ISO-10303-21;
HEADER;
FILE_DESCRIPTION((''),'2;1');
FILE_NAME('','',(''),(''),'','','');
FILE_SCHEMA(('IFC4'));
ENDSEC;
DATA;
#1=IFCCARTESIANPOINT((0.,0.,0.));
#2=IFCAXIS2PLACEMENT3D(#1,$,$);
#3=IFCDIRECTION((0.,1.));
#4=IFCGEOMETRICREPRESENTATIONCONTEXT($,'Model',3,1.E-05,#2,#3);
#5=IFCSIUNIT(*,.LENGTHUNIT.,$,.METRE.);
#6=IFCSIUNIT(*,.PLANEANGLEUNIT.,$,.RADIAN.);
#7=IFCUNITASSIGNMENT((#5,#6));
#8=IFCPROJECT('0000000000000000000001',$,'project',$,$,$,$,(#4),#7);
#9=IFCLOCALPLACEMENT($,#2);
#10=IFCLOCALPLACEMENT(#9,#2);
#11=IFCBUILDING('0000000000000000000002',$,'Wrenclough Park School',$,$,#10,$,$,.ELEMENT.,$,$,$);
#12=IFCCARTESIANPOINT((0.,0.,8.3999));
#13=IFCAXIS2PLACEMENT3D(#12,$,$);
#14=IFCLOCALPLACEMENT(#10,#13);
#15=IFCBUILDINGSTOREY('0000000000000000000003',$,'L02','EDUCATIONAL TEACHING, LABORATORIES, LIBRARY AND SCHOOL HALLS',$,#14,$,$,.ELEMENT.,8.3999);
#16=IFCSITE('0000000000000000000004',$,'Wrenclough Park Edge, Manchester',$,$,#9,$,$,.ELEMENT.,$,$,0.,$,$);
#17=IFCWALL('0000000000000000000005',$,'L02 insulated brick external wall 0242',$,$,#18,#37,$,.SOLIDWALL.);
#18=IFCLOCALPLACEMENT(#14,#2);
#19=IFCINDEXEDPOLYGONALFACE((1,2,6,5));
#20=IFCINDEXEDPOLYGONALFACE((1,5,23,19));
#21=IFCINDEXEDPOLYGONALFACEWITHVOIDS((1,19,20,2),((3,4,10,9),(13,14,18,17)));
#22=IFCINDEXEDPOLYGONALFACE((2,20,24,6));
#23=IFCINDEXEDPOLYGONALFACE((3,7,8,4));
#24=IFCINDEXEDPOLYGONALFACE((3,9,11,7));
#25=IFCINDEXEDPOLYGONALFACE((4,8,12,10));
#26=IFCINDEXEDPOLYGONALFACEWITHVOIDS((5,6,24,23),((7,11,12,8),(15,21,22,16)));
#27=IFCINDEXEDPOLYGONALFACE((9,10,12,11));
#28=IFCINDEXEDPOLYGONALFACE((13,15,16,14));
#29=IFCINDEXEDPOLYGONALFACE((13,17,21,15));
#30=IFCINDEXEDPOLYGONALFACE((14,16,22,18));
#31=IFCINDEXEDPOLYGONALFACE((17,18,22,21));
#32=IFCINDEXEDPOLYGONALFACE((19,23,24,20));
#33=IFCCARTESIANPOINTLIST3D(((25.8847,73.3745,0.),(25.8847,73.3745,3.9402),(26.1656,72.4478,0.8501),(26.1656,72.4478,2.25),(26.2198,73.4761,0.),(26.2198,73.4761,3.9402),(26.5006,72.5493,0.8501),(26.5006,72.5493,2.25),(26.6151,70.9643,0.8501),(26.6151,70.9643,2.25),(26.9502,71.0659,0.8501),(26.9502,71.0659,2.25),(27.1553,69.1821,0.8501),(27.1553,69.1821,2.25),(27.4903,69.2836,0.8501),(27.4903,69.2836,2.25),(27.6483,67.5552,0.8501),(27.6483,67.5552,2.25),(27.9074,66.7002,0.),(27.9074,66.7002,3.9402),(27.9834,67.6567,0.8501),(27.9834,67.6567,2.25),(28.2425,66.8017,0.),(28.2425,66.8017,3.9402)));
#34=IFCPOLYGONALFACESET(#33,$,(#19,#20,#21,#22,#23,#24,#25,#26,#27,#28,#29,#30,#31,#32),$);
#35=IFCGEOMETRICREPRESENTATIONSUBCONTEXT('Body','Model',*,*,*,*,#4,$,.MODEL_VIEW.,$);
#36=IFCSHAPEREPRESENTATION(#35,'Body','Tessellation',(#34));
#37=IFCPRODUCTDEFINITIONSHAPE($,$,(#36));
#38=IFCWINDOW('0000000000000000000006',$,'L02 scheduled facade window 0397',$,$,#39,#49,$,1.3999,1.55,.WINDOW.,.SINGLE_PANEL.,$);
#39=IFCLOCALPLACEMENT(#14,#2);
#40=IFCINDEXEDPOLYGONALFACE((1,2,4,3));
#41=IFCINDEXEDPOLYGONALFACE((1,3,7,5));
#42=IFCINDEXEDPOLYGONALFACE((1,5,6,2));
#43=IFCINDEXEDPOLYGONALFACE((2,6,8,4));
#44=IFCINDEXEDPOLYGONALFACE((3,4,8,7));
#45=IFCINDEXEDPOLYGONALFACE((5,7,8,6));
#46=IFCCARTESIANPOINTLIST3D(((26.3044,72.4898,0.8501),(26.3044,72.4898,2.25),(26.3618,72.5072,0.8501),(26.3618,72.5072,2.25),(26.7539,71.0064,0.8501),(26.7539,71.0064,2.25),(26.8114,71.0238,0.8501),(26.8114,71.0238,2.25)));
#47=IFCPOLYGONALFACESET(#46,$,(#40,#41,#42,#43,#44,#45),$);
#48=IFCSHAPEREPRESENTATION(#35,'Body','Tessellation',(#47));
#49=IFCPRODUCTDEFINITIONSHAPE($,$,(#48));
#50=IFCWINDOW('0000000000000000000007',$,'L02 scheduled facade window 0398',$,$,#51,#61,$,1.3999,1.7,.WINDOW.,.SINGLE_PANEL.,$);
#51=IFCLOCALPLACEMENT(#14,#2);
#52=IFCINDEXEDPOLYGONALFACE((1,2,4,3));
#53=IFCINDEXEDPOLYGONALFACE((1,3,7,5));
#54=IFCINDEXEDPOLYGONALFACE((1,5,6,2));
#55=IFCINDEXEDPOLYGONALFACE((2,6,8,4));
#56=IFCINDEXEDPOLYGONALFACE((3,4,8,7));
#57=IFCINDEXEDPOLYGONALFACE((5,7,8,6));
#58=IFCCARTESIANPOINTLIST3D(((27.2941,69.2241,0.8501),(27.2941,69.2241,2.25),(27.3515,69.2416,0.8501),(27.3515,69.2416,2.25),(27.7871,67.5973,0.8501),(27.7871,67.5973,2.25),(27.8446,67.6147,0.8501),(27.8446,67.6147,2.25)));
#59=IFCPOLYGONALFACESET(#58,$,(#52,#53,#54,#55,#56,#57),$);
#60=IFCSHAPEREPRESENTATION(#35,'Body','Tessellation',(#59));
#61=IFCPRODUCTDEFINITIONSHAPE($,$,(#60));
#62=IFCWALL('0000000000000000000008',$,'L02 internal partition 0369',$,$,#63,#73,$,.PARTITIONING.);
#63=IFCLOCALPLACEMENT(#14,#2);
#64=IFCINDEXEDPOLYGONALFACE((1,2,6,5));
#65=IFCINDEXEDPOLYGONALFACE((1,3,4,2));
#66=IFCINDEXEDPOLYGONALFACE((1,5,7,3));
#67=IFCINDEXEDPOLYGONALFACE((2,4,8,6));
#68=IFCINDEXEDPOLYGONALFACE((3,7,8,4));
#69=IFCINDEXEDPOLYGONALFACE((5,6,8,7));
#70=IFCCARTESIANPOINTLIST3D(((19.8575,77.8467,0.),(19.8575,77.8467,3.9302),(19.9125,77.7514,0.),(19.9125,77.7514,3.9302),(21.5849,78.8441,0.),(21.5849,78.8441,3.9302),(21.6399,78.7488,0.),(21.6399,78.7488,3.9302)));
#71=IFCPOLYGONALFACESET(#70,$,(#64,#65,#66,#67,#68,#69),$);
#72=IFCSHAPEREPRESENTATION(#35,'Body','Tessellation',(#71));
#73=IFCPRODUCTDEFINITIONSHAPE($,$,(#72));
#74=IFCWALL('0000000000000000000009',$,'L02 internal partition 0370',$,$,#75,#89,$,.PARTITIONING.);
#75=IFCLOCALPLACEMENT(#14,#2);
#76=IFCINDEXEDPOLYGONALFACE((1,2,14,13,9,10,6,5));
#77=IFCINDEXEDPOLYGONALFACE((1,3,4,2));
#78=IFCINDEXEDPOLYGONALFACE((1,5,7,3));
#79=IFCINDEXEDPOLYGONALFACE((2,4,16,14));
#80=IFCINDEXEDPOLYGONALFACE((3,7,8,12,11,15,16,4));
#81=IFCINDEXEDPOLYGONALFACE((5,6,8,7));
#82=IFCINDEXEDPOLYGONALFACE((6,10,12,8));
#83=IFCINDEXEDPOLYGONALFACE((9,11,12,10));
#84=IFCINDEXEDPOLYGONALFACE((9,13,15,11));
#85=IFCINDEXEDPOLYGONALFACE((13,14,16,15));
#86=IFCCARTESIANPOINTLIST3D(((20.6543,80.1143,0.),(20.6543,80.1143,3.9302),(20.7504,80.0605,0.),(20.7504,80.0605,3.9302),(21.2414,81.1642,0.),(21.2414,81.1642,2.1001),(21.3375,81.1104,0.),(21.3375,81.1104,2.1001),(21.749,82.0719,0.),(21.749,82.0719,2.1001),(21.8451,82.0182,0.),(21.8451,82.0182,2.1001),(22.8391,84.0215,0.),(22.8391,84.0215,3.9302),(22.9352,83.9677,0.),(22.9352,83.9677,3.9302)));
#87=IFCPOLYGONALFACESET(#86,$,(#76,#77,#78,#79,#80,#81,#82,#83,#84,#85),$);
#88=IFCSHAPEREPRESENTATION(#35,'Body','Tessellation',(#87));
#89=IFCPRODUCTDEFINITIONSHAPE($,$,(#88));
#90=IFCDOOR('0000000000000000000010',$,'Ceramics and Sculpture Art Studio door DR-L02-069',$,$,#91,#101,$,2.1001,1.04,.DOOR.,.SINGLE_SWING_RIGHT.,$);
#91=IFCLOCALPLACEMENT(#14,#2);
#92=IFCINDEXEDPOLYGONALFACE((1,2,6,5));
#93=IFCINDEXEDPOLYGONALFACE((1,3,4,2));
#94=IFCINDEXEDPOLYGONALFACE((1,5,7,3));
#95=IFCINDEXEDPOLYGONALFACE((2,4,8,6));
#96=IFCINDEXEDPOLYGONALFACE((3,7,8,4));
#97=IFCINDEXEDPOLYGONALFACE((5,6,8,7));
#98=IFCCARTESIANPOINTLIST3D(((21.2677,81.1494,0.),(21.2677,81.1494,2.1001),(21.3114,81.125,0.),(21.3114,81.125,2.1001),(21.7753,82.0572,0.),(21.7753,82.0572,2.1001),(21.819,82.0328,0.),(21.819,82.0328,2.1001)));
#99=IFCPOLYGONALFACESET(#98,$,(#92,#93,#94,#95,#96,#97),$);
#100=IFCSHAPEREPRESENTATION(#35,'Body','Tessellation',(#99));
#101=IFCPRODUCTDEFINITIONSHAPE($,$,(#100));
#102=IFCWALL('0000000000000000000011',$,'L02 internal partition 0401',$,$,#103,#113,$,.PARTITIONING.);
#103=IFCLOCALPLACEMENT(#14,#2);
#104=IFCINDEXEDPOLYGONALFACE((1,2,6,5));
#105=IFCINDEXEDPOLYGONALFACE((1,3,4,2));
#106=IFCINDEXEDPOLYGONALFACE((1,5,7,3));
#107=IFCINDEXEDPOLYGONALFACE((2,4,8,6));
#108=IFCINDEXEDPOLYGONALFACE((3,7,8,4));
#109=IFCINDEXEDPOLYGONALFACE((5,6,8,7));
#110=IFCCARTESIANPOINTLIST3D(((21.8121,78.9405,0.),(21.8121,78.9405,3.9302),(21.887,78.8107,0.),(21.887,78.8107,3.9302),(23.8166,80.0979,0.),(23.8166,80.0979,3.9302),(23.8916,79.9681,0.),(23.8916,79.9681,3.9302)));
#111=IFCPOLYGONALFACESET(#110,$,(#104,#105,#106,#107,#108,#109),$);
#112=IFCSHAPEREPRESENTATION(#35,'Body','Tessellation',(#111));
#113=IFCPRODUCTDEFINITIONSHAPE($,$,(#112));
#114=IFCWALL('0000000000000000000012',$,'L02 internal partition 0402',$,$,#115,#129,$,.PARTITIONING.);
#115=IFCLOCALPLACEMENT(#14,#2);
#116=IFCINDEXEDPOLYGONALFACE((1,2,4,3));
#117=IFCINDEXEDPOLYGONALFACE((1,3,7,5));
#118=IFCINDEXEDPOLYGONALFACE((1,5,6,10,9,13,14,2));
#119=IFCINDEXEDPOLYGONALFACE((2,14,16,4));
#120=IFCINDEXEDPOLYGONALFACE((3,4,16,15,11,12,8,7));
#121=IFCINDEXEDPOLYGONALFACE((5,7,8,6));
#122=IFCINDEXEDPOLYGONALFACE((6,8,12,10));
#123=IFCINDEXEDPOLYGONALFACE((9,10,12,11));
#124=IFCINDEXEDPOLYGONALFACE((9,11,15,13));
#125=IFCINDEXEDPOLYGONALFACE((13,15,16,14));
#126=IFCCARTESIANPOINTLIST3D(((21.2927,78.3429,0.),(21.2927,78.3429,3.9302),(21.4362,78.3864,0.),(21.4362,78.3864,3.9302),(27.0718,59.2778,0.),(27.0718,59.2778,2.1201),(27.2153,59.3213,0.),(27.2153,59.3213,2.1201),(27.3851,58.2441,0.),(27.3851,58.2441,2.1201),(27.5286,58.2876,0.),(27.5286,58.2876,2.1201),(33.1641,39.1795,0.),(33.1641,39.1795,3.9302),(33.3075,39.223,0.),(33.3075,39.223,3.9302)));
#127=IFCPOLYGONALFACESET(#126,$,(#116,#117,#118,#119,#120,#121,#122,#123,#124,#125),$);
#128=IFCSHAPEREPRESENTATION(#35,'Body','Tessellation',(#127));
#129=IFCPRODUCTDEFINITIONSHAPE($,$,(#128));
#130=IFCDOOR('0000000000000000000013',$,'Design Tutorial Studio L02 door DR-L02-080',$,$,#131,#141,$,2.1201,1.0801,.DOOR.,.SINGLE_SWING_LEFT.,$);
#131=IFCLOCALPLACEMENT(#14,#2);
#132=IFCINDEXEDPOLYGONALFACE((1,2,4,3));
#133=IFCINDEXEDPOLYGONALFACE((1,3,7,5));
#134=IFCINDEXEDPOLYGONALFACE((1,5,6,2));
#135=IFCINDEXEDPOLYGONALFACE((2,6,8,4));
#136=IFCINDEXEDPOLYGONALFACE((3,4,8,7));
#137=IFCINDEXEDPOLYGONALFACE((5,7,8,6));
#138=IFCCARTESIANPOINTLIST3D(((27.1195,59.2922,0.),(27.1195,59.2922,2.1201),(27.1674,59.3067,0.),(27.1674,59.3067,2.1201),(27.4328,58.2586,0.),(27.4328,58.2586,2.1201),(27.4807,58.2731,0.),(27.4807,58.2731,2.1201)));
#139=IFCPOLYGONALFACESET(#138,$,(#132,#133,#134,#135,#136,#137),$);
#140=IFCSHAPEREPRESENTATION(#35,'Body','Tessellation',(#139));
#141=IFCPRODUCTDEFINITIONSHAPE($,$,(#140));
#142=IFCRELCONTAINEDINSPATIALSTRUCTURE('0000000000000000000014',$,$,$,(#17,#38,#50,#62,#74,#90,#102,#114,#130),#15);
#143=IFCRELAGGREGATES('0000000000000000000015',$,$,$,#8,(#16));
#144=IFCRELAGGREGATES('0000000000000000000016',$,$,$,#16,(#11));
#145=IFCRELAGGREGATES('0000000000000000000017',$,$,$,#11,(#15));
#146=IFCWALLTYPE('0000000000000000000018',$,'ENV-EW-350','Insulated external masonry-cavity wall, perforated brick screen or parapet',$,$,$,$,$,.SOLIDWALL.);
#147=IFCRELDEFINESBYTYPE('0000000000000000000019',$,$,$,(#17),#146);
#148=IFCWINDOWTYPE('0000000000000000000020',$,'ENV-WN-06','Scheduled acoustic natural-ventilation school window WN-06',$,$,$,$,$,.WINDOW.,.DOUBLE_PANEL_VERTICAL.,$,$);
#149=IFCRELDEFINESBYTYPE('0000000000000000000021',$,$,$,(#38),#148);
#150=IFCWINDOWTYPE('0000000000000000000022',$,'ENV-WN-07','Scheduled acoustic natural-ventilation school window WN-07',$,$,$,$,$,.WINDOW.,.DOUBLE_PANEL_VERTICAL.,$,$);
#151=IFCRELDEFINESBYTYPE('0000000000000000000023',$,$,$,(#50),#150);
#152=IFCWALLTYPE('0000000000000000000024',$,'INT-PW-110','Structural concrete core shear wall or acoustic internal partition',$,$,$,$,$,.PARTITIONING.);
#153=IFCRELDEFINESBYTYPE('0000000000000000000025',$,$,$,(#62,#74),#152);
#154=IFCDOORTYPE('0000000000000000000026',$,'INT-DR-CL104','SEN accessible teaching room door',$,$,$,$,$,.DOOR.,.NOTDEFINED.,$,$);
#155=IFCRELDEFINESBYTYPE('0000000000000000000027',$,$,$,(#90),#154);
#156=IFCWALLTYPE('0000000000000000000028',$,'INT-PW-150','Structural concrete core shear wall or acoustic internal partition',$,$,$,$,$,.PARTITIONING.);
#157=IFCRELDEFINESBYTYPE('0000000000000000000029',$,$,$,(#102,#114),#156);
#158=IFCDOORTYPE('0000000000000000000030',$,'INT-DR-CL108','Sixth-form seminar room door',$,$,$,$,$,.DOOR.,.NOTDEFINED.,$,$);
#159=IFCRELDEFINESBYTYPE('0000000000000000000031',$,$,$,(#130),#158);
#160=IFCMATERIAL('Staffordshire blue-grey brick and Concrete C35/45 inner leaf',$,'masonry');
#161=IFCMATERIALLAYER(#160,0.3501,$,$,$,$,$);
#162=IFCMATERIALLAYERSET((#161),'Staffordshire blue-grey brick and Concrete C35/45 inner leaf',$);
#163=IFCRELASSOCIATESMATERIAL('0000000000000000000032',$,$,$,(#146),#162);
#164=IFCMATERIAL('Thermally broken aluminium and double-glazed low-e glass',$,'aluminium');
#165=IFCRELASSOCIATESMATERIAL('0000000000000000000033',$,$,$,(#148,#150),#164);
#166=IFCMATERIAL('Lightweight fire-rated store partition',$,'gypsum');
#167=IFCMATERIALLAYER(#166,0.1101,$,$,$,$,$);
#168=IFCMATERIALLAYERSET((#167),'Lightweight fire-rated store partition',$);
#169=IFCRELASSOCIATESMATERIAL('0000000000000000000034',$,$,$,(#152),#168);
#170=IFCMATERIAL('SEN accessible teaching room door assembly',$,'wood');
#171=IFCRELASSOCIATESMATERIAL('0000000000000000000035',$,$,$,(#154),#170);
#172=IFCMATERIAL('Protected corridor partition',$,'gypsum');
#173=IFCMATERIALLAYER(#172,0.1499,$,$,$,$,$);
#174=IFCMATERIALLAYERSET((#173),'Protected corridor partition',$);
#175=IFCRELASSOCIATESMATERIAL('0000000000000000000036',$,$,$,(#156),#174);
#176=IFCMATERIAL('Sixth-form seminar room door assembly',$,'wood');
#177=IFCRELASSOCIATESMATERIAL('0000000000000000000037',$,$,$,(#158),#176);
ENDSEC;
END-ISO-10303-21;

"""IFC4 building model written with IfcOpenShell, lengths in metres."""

from ifc_helpers import new_model, si_unit, direction, frame, frame_2d, origin, place, context, subcontext, project, spatial, rectangle, extrude, material, layer, layer_set, type_object, element, fill, save


model = new_model("IFC4")

# Units and contexts
model_context = context("Model", 3, precision=1e-05, world=origin(), true_north=direction((0.0, 1.0)))
body_context = subcontext(model_context, "Body", "Model", "MODEL_VIEW")
ifc_project = project(units=[si_unit("LENGTHUNIT", "METRE"), si_unit("PLANEANGLEUNIT", "RADIAN")], contexts=[model_context])

# Site, building, storey
site_placement = place(None, origin())
site = spatial("IfcSite", under=ifc_project, at=site_placement, Name="Wrenclough Park Edge, Manchester", CompositionType="ELEMENT", RefElevation=0.0)
building_placement = place(site_placement, origin())
building = spatial("IfcBuilding", under=site, at=building_placement, Name="Wrenclough Park School", CompositionType="ELEMENT")
storey_placement = place(building_placement, frame((0.0, 0.0, 8.3999)))
storey = spatial("IfcBuildingStorey", under=building, at=storey_placement, Name="L02", Description="EDUCATIONAL TEACHING, LABORATORIES, LIBRARY AND SCHOOL HALLS", CompositionType="ELEMENT", Elevation=8.3999)

# Wall, openings, windows
ifc_material_1 = material(Name="Thermally broken aluminium and double-glazed low-e glass", Category="aluminium")
ifc_material_2 = material(Name="Staffordshire blue-grey brick and Concrete C35/45 inner leaf", Category="masonry")
ifc_layer_1 = layer(ifc_material_2, 0.3501)
ifc_layer_set_1 = layer_set([ifc_layer_1], Name="Staffordshire blue-grey brick and Concrete C35/45 inner leaf")
wall_type_1 = type_object("IfcWallType", Name="ENV-EW-350", Description="Insulated external masonry-cavity wall, perforated brick screen or parapet", PredefinedType="SOLIDWALL", material=ifc_layer_set_1)
wall_1_placement = place(storey_placement, frame((26.0522, 73.4253, 0.0), z_axis=(0.0, 0.0, 1.0), x_axis=(0.290032, -0.957017, 0.0)))
wall_1 = element("IfcWall", 1, at=wall_1_placement, inside=storey, type_object=wall_type_1, Name="L02 insulated brick external wall 0242", PredefinedType="SOLIDWALL", context=body_context, shape_type="SweptSolid", body=[
    extrude(rectangle(XDim=6.9741, YDim=0.3501, at=frame_2d((3.4871, 0.0))), origin(), (0.0, 0.0, 1.0), 3.9402),
])
opening_1_placement = place(wall_1_placement, frame((0.9685, 0.0, 0.8501)))
opening_1 = element("IfcOpeningElement", 2, at=opening_1_placement, cuts=wall_1, PredefinedType="OPENING", context=body_context, shape_type="SweptSolid", body=[
    extrude(rectangle(XDim=1.55, YDim=1.3999, at=frame_2d((0.7749, 0.7))), frame((0.0, 0.1851, 0.0), z_axis=(0.0, -1.0, 0.0), x_axis=(1.0, 0.0, 0.0)), (0.0, 0.0, 1.0), 0.3701),
])
opening_2_placement = place(wall_1_placement, frame((4.3806, 0.0, 0.8501)))
opening_2 = element("IfcOpeningElement", 3, at=opening_2_placement, cuts=wall_1, PredefinedType="OPENING", context=body_context, shape_type="SweptSolid", body=[
    extrude(rectangle(XDim=1.7, YDim=1.3999, at=frame_2d((0.8501, 0.7))), frame((0.0, 0.1851, 0.0), z_axis=(0.0, -1.0, 0.0), x_axis=(1.0, 0.0, 0.0)), (0.0, 0.0, 1.0), 0.3701),
])
window_type_1 = type_object("IfcWindowType", Name="ENV-WN-06", Description="Scheduled acoustic natural-ventilation school window WN-06", PartitioningType="DOUBLE_PANEL_VERTICAL", PredefinedType="WINDOW", material=ifc_material_1)
window_1_placement = place(opening_1_placement, origin())
window_1 = element("IfcWindow", 4, at=window_1_placement, inside=storey, type_object=window_type_1, Name="L02 scheduled facade window 0397", OverallHeight=1.3999, OverallWidth=1.55, PartitioningType="SINGLE_PANEL", PredefinedType="WINDOW", context=body_context, shape_type="SweptSolid", body=[
    extrude(rectangle(XDim=1.55, YDim=1.3999, at=frame_2d((0.7749, 0.7))), frame((0.0, 0.03, 0.0), z_axis=(0.0, -1.0, 0.0), x_axis=(1.0, 0.0, 0.0)), (0.0, 0.0, 1.0), 0.0601),
])
fill(opening_1, window_1)
window_type_2 = type_object("IfcWindowType", Name="ENV-WN-07", Description="Scheduled acoustic natural-ventilation school window WN-07", PartitioningType="DOUBLE_PANEL_VERTICAL", PredefinedType="WINDOW", material=ifc_material_1)
window_2_placement = place(opening_2_placement, origin())
window_2 = element("IfcWindow", 5, at=window_2_placement, inside=storey, type_object=window_type_2, Name="L02 scheduled facade window 0398", OverallHeight=1.3999, OverallWidth=1.7, PartitioningType="SINGLE_PANEL", PredefinedType="WINDOW", context=body_context, shape_type="SweptSolid", body=[
    extrude(rectangle(XDim=1.7, YDim=1.3999, at=frame_2d((0.8501, 0.7))), frame((0.0, 0.03, 0.0), z_axis=(0.0, -1.0, 0.0), x_axis=(1.0, 0.0, 0.0)), (0.0, 0.0, 1.0), 0.0601),
])
fill(opening_2, window_2)

# Wall
ifc_material_3 = material(Name="Lightweight fire-rated store partition", Category="gypsum")
ifc_layer_2 = layer(ifc_material_3, 0.1101)
ifc_layer_set_2 = layer_set([ifc_layer_2], Name="Lightweight fire-rated store partition")
wall_type_2 = type_object("IfcWallType", Name="INT-PW-110", Description="Structural concrete core shear wall or acoustic internal partition", PredefinedType="PARTITIONING", material=ifc_layer_set_2)
wall_2_placement = place(storey_placement, frame((19.885, 77.7991, 0.0), z_axis=(0.0, 0.0, 1.0), x_axis=(0.866012, 0.500023, 0.0)))
element("IfcWall", 6, at=wall_2_placement, inside=storey, type_object=wall_type_2, Name="L02 internal partition 0369", PredefinedType="PARTITIONING", context=body_context, shape_type="SweptSolid", body=[
    extrude(rectangle(XDim=1.9946, YDim=0.1101, at=frame_2d((0.9973, 0.0))), origin(), (0.0, 0.0, 1.0), 3.9302),
])

# Wall, opening, door
wall_3_placement = place(storey_placement, frame((20.7024, 80.0874, 0.0), z_axis=(0.0, 0.0, 1.0), x_axis=(0.488054, 0.872814, 0.0)))
wall_3 = element("IfcWall", 7, at=wall_3_placement, inside=storey, type_object=wall_type_2, Name="L02 internal partition 0370", PredefinedType="PARTITIONING", context=body_context, shape_type="SweptSolid", body=[
    extrude(rectangle(XDim=4.4766, YDim=0.1101, at=frame_2d((2.2383, 0.0))), origin(), (0.0, 0.0, 1.0), 3.9302),
])
opening_3_placement = place(wall_3_placement, frame((1.2029, 0.0, 0.0)))
opening_3 = element("IfcOpeningElement", 8, at=opening_3_placement, cuts=wall_3, PredefinedType="OPENING", context=body_context, shape_type="SweptSolid", body=[
    extrude(rectangle(XDim=1.04, YDim=2.1001, at=frame_2d((0.52, 1.05))), frame((0.0, 0.0649, 0.0), z_axis=(0.0, -1.0, 0.0), x_axis=(1.0, 0.0, 0.0)), (0.0, 0.0, 1.0), 0.1301),
])
ifc_material_4 = material(Name="SEN accessible teaching room door assembly", Category="wood")
door_type_1 = type_object("IfcDoorType", Name="INT-DR-CL104", Description="SEN accessible teaching room door", OperationType="NOTDEFINED", PredefinedType="DOOR", material=ifc_material_4)
door_1_placement = place(opening_3_placement, origin())
door_1 = element("IfcDoor", 9, at=door_1_placement, inside=storey, type_object=door_type_1, Name="Ceramics and Sculpture Art Studio door DR-L02-069", OperationType="SINGLE_SWING_RIGHT", OverallHeight=2.1001, OverallWidth=1.04, PredefinedType="DOOR", context=body_context, shape_type="SweptSolid", body=[
    extrude(rectangle(XDim=1.04, YDim=2.1001, at=frame_2d((0.52, 1.05))), frame((0.0, 0.0249, 0.0), z_axis=(0.0, -1.0, 0.0), x_axis=(1.0, 0.0, 0.0)), (0.0, 0.0, 1.0), 0.05),
])
fill(opening_3, door_1)

# Wall
ifc_material_5 = material(Name="Protected corridor partition", Category="gypsum")
ifc_layer_3 = layer(ifc_material_5, 0.1499)
ifc_layer_set_3 = layer_set([ifc_layer_3], Name="Protected corridor partition")
wall_type_3 = type_object("IfcWallType", Name="INT-PW-150", Description="Structural concrete core shear wall or acoustic internal partition", PredefinedType="PARTITIONING", material=ifc_layer_set_3)
wall_4_placement = place(storey_placement, frame((23.854, 80.033, 0.0), z_axis=(0.0, 0.0, 1.0), x_axis=(-0.866008, -0.50003, 0.0)))
element("IfcWall", 10, at=wall_4_placement, inside=storey, type_object=wall_type_3, Name="L02 internal partition 0401", PredefinedType="PARTITIONING", context=body_context, shape_type="SweptSolid", body=[
    extrude(rectangle(XDim=2.3147, YDim=0.1499, at=frame_2d((1.1572, 0.0))), origin(), (0.0, 0.0, 1.0), 3.9302),
])

# Wall, opening, door
wall_5_placement = place(storey_placement, frame((21.3645, 78.3645, 0.0), z_axis=(0.0, 0.0, 1.0), x_axis=(0.290089, -0.957, 0.0)))
wall_5 = element("IfcWall", 11, at=wall_5_placement, inside=storey, type_object=wall_type_3, Name="L02 internal partition 0402", PredefinedType="PARTITIONING", context=body_context, shape_type="SweptSolid", body=[
    extrude(rectangle(XDim=40.9231, YDim=0.1499, at=frame_2d((20.4614, 0.0))), origin(), (0.0, 0.0, 1.0), 3.9302),
])
opening_4_placement = place(wall_5_placement, frame((19.9216, 0.0, 0.0)))
opening_4 = element("IfcOpeningElement", 12, at=opening_4_placement, cuts=wall_5, PredefinedType="OPENING", context=body_context, shape_type="SweptSolid", body=[
    extrude(rectangle(XDim=1.0801, YDim=2.1201, at=frame_2d((0.54, 1.0601))), frame((0.0, 0.085, 0.0), z_axis=(0.0, -1.0, 0.0), x_axis=(1.0, 0.0, 0.0)), (0.0, 0.0, 1.0), 0.1699),
])
ifc_material_6 = material(Name="Sixth-form seminar room door assembly", Category="wood")
door_type_2 = type_object("IfcDoorType", Name="INT-DR-CL108", Description="Sixth-form seminar room door", OperationType="NOTDEFINED", PredefinedType="DOOR", material=ifc_material_6)
door_2_placement = place(opening_4_placement, origin())
door_2 = element("IfcDoor", 13, at=door_2_placement, inside=storey, type_object=door_type_2, Name="Design Tutorial Studio L02 door DR-L02-080", OperationType="SINGLE_SWING_LEFT", OverallHeight=2.1201, OverallWidth=1.0801, PredefinedType="DOOR", context=body_context, shape_type="SweptSolid", body=[
    extrude(rectangle(XDim=1.0801, YDim=2.1201, at=frame_2d((0.54, 1.0601))), frame((0.0, 0.0249, 0.0), z_axis=(0.0, -1.0, 0.0), x_axis=(1.0, 0.0, 0.0)), (0.0, 0.0, 1.0), 0.05),
])
fill(opening_4, door_2)

save(model, "model.ifc")
